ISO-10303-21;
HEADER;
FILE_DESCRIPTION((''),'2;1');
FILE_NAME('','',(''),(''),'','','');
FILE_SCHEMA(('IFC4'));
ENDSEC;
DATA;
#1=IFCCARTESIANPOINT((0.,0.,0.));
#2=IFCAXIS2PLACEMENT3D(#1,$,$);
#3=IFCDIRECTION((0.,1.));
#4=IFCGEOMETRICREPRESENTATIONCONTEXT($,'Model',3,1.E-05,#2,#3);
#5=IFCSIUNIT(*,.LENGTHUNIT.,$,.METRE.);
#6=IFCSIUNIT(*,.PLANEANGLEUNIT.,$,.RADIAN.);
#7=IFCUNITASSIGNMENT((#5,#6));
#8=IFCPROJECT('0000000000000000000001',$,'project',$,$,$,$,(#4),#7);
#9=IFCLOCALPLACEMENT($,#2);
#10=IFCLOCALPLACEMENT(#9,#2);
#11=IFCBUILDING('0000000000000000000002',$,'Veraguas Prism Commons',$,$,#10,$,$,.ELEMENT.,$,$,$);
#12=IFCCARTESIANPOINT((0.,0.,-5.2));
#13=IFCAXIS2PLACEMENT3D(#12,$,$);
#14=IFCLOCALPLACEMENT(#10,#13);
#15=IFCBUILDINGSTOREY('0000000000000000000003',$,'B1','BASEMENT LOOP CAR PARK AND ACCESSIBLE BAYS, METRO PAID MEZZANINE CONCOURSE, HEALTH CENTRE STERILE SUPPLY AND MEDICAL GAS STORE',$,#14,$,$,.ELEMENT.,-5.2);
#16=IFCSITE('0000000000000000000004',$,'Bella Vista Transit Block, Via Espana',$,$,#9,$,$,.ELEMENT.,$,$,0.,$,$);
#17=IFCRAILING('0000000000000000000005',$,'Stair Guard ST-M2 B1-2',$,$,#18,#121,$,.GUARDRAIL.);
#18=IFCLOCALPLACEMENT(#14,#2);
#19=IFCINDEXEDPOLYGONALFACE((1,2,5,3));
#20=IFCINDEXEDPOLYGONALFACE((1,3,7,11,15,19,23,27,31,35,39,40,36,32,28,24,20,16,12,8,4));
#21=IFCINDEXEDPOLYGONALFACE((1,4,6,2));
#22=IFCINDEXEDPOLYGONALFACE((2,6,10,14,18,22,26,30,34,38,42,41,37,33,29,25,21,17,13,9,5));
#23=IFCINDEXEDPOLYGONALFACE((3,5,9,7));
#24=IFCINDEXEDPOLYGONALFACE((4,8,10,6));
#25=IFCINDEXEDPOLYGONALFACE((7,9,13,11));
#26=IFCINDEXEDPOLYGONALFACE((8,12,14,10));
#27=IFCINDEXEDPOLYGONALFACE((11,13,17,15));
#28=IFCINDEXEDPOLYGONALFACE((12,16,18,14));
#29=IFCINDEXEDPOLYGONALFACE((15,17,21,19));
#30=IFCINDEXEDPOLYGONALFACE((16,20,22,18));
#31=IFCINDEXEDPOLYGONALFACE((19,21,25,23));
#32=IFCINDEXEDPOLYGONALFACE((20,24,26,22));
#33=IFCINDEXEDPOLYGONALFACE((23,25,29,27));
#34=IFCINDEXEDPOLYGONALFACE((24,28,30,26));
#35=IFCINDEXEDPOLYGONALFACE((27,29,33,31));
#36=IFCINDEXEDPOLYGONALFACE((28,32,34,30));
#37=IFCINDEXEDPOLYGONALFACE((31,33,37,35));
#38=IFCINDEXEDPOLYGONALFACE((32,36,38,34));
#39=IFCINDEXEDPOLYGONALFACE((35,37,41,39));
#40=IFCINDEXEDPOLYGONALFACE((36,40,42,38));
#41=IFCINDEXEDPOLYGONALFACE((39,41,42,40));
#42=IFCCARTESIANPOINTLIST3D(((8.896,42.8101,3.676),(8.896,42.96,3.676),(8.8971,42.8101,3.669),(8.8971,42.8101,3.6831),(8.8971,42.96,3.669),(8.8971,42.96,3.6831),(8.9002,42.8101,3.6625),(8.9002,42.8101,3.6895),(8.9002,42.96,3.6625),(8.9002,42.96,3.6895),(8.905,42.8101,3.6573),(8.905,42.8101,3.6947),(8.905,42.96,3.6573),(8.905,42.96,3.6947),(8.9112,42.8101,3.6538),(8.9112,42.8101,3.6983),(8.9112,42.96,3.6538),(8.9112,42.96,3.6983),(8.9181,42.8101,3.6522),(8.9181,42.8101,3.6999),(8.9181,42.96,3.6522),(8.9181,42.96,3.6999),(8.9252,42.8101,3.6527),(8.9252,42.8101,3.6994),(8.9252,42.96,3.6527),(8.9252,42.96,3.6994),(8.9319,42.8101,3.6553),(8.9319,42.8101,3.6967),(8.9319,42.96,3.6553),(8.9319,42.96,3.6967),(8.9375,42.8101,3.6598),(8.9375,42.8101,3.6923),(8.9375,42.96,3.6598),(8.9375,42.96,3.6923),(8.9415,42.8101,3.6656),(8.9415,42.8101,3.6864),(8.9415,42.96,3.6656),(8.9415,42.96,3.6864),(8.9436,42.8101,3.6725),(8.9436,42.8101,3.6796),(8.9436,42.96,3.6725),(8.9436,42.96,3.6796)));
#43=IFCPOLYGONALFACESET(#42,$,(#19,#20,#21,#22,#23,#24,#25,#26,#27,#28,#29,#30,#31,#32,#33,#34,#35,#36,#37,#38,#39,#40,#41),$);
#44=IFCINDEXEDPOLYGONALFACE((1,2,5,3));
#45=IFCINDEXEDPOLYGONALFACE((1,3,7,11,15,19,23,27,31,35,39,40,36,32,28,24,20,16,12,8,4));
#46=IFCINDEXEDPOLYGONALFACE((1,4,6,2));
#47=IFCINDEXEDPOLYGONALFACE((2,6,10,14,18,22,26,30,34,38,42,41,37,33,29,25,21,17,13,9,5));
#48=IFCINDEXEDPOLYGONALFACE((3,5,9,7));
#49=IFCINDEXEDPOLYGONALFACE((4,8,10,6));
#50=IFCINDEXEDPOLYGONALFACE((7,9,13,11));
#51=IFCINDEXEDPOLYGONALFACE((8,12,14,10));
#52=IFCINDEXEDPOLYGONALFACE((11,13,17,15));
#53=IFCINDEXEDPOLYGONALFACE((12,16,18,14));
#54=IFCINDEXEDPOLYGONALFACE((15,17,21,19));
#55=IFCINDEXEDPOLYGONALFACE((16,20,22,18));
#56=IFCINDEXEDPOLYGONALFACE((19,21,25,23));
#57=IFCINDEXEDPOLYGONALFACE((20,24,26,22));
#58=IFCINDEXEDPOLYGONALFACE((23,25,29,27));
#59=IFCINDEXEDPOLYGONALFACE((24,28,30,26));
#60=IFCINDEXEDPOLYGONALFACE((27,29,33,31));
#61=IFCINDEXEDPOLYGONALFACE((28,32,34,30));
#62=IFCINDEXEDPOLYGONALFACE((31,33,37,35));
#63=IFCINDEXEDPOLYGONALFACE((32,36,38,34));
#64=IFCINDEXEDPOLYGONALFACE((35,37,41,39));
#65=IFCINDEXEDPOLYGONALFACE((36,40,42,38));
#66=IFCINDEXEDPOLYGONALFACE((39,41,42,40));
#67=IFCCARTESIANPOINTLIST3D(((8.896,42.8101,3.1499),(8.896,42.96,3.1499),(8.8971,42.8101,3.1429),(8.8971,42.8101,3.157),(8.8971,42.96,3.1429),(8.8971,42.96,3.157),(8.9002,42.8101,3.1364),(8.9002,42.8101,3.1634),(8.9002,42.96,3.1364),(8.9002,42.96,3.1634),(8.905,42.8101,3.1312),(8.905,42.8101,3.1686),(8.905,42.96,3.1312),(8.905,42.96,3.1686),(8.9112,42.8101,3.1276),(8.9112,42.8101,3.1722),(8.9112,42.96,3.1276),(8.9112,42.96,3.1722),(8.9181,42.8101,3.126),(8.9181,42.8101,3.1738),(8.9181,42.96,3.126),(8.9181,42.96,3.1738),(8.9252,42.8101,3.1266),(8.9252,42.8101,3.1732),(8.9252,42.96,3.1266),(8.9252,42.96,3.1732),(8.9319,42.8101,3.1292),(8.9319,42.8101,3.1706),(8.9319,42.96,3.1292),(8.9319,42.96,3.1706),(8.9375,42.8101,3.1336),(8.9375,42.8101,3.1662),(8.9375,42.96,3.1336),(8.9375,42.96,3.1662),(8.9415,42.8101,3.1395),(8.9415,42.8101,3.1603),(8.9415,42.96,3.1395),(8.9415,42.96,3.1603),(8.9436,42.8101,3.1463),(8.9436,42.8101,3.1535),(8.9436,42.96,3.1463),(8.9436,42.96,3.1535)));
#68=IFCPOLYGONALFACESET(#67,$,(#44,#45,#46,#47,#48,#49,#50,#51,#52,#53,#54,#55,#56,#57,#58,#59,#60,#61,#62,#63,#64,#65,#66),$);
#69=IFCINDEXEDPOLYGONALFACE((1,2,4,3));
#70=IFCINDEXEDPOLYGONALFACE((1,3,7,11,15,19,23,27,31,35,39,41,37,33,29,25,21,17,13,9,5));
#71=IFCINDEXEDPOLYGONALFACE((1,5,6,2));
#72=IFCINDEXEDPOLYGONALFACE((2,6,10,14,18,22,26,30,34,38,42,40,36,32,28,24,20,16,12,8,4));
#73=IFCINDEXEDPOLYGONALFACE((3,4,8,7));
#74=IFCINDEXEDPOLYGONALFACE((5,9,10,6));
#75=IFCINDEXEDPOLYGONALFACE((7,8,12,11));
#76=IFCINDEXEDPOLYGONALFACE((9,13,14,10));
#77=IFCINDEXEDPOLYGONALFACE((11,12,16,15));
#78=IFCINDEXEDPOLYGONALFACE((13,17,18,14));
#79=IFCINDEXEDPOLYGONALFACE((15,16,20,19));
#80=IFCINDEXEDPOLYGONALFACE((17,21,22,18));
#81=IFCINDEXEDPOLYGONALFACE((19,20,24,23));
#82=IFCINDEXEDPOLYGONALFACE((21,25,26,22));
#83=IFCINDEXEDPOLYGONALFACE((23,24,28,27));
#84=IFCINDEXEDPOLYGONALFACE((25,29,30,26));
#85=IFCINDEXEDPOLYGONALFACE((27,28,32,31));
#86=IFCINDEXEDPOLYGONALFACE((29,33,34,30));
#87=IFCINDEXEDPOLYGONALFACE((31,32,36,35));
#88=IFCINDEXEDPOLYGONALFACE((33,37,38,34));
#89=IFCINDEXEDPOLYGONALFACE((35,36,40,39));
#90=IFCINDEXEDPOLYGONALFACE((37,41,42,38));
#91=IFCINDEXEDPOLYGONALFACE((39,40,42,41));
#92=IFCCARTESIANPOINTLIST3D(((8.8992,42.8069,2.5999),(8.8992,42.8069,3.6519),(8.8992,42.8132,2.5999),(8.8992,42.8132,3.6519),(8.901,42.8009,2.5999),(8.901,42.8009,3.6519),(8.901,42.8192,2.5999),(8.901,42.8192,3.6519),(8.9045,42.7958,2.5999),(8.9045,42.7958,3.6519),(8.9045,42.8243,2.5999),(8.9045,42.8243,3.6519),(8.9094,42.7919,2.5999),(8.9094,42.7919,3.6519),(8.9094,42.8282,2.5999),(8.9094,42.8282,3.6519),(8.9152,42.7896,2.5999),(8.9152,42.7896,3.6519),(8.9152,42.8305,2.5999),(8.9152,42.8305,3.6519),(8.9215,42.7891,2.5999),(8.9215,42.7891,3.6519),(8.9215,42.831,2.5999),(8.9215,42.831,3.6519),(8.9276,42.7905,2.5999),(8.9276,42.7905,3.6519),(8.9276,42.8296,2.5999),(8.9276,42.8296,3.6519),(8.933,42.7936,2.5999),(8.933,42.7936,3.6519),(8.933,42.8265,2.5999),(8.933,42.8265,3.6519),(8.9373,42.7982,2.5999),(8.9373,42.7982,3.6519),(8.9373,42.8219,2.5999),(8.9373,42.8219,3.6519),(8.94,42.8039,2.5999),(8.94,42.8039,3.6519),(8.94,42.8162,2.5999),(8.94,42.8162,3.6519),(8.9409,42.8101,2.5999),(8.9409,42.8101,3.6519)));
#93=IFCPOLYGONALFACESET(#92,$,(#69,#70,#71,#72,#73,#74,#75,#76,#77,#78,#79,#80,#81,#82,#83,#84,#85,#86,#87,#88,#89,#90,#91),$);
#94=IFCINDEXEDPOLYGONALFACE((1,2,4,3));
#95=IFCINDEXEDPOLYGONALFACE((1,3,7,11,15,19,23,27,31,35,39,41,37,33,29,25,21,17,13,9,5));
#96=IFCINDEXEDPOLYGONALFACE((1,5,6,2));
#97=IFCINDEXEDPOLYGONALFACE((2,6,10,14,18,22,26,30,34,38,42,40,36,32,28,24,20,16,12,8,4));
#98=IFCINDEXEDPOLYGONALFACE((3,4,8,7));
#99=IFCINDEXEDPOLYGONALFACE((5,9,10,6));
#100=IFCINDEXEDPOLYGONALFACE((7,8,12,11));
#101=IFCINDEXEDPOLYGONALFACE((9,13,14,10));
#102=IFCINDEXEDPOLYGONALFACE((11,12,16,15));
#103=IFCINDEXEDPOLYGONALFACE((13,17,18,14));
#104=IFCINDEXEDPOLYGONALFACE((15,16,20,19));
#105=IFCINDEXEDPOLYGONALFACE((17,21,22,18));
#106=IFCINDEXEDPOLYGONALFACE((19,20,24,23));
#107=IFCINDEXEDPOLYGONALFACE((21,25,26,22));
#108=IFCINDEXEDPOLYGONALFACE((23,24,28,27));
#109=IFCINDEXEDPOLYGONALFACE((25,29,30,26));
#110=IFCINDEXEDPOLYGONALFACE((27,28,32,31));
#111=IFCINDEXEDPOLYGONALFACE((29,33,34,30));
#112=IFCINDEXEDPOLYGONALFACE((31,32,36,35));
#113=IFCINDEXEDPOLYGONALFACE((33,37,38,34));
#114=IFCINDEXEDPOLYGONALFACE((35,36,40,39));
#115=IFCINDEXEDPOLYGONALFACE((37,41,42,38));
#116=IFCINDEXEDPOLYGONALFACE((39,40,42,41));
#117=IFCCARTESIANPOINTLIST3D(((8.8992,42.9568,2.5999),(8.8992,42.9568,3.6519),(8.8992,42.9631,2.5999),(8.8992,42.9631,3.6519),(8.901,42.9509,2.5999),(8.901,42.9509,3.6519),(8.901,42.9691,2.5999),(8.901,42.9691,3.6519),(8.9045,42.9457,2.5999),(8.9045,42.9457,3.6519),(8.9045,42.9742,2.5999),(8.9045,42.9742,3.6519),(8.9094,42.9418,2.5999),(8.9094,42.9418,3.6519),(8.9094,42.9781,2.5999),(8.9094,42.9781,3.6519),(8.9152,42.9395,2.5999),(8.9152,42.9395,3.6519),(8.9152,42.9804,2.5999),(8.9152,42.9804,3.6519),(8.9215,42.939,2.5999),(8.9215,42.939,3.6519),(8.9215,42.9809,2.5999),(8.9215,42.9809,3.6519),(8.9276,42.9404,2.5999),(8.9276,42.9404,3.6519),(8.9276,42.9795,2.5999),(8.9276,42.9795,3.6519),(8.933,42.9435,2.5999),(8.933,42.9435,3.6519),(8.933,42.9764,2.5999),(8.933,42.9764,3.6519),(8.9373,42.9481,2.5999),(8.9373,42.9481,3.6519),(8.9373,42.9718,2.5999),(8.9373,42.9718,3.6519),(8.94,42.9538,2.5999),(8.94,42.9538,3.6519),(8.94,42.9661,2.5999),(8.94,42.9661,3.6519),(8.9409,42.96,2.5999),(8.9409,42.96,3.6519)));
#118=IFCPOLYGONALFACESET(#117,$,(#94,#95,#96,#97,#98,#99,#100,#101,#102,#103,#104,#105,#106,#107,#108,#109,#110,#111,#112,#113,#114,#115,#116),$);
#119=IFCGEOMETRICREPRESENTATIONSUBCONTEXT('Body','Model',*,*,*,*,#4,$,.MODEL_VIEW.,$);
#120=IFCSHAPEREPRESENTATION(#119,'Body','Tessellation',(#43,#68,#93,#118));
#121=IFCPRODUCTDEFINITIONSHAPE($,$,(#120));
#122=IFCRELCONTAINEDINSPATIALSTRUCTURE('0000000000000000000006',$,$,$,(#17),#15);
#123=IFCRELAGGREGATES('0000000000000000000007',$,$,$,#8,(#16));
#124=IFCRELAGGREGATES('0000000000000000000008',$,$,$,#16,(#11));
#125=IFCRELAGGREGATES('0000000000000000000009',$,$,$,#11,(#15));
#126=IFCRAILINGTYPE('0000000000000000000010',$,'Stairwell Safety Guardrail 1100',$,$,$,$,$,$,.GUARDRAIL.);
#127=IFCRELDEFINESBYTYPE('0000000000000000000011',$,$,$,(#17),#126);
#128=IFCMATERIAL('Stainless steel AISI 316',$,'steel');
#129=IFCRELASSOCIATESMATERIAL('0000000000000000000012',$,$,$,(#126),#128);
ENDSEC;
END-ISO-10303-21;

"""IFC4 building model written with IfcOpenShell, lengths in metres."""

from ifc_helpers import new_model, si_unit, direction, frame, origin, origin_2d, place, context, subcontext, project, spatial, circle, extrude, material, type_object, element, save


model = new_model("IFC4")

# Units and contexts
model_context = context("Model", 3, precision=1e-05, world=origin(), true_north=direction((0.0, 1.0)))
body_context = subcontext(model_context, "Body", "Model", "MODEL_VIEW")
ifc_project = project(units=[si_unit("LENGTHUNIT", "METRE"), si_unit("PLANEANGLEUNIT", "RADIAN")], contexts=[model_context])

# Site, building, storey
site_placement = place(None, origin())
site = spatial("IfcSite", under=ifc_project, at=site_placement, Name="Bella Vista Transit Block, Via Espana", CompositionType="ELEMENT", RefElevation=0.0)
building_placement = place(site_placement, origin())
building = spatial("IfcBuilding", under=site, at=building_placement, Name="Veraguas Prism Commons", CompositionType="ELEMENT")
storey_placement = place(building_placement, frame((0.0, 0.0, -5.2)))
storey = spatial("IfcBuildingStorey", under=building, at=storey_placement, Name="B1", Description="BASEMENT LOOP CAR PARK AND ACCESSIBLE BAYS, METRO PAID MEZZANINE CONCOURSE, HEALTH CENTRE STERILE SUPPLY AND MEDICAL GAS STORE", CompositionType="ELEMENT", Elevation=-5.2)

# Railing
ifc_material_1 = material(Name="Stainless steel AISI 316", Category="steel")
railing_type_1 = type_object("IfcRailingType", Name="Stairwell Safety Guardrail 1100", PredefinedType="GUARDRAIL", material=ifc_material_1)
railing_1_placement = place(storey_placement, frame((8.9199, 42.8101, 2.5999)))
element("IfcRailing", 1, at=railing_1_placement, inside=storey, type_object=railing_type_1, Name="Stair Guard ST-M2 B1-2", PredefinedType="GUARDRAIL", context=body_context, shape_type="SweptSolid", body=[
    extrude(circle(Radius=0.0239, at=origin_2d()), frame((0.0, 0.0, 1.0762), z_axis=(0.0, 1.0, 0.0), x_axis=(-1.0, 0.0, 0.0)), (0.0, 0.0, 1.0), 0.1499),
    extrude(circle(Radius=0.0239, at=origin_2d()), frame((0.0, 0.0, 0.55), z_axis=(0.0, 1.0, 0.0), x_axis=(-1.0, 0.0, 0.0)), (0.0, 0.0, 1.0), 0.1499),
    extrude(circle(Radius=0.021, at=origin_2d()), origin(), (0.0, 0.0, 1.0), 1.052),
    extrude(circle(Radius=0.021, at=origin_2d()), frame((0.0, 0.1499, 0.0)), (0.0, 0.0, 1.0), 1.052),
])

save(model, "model.ifc")
